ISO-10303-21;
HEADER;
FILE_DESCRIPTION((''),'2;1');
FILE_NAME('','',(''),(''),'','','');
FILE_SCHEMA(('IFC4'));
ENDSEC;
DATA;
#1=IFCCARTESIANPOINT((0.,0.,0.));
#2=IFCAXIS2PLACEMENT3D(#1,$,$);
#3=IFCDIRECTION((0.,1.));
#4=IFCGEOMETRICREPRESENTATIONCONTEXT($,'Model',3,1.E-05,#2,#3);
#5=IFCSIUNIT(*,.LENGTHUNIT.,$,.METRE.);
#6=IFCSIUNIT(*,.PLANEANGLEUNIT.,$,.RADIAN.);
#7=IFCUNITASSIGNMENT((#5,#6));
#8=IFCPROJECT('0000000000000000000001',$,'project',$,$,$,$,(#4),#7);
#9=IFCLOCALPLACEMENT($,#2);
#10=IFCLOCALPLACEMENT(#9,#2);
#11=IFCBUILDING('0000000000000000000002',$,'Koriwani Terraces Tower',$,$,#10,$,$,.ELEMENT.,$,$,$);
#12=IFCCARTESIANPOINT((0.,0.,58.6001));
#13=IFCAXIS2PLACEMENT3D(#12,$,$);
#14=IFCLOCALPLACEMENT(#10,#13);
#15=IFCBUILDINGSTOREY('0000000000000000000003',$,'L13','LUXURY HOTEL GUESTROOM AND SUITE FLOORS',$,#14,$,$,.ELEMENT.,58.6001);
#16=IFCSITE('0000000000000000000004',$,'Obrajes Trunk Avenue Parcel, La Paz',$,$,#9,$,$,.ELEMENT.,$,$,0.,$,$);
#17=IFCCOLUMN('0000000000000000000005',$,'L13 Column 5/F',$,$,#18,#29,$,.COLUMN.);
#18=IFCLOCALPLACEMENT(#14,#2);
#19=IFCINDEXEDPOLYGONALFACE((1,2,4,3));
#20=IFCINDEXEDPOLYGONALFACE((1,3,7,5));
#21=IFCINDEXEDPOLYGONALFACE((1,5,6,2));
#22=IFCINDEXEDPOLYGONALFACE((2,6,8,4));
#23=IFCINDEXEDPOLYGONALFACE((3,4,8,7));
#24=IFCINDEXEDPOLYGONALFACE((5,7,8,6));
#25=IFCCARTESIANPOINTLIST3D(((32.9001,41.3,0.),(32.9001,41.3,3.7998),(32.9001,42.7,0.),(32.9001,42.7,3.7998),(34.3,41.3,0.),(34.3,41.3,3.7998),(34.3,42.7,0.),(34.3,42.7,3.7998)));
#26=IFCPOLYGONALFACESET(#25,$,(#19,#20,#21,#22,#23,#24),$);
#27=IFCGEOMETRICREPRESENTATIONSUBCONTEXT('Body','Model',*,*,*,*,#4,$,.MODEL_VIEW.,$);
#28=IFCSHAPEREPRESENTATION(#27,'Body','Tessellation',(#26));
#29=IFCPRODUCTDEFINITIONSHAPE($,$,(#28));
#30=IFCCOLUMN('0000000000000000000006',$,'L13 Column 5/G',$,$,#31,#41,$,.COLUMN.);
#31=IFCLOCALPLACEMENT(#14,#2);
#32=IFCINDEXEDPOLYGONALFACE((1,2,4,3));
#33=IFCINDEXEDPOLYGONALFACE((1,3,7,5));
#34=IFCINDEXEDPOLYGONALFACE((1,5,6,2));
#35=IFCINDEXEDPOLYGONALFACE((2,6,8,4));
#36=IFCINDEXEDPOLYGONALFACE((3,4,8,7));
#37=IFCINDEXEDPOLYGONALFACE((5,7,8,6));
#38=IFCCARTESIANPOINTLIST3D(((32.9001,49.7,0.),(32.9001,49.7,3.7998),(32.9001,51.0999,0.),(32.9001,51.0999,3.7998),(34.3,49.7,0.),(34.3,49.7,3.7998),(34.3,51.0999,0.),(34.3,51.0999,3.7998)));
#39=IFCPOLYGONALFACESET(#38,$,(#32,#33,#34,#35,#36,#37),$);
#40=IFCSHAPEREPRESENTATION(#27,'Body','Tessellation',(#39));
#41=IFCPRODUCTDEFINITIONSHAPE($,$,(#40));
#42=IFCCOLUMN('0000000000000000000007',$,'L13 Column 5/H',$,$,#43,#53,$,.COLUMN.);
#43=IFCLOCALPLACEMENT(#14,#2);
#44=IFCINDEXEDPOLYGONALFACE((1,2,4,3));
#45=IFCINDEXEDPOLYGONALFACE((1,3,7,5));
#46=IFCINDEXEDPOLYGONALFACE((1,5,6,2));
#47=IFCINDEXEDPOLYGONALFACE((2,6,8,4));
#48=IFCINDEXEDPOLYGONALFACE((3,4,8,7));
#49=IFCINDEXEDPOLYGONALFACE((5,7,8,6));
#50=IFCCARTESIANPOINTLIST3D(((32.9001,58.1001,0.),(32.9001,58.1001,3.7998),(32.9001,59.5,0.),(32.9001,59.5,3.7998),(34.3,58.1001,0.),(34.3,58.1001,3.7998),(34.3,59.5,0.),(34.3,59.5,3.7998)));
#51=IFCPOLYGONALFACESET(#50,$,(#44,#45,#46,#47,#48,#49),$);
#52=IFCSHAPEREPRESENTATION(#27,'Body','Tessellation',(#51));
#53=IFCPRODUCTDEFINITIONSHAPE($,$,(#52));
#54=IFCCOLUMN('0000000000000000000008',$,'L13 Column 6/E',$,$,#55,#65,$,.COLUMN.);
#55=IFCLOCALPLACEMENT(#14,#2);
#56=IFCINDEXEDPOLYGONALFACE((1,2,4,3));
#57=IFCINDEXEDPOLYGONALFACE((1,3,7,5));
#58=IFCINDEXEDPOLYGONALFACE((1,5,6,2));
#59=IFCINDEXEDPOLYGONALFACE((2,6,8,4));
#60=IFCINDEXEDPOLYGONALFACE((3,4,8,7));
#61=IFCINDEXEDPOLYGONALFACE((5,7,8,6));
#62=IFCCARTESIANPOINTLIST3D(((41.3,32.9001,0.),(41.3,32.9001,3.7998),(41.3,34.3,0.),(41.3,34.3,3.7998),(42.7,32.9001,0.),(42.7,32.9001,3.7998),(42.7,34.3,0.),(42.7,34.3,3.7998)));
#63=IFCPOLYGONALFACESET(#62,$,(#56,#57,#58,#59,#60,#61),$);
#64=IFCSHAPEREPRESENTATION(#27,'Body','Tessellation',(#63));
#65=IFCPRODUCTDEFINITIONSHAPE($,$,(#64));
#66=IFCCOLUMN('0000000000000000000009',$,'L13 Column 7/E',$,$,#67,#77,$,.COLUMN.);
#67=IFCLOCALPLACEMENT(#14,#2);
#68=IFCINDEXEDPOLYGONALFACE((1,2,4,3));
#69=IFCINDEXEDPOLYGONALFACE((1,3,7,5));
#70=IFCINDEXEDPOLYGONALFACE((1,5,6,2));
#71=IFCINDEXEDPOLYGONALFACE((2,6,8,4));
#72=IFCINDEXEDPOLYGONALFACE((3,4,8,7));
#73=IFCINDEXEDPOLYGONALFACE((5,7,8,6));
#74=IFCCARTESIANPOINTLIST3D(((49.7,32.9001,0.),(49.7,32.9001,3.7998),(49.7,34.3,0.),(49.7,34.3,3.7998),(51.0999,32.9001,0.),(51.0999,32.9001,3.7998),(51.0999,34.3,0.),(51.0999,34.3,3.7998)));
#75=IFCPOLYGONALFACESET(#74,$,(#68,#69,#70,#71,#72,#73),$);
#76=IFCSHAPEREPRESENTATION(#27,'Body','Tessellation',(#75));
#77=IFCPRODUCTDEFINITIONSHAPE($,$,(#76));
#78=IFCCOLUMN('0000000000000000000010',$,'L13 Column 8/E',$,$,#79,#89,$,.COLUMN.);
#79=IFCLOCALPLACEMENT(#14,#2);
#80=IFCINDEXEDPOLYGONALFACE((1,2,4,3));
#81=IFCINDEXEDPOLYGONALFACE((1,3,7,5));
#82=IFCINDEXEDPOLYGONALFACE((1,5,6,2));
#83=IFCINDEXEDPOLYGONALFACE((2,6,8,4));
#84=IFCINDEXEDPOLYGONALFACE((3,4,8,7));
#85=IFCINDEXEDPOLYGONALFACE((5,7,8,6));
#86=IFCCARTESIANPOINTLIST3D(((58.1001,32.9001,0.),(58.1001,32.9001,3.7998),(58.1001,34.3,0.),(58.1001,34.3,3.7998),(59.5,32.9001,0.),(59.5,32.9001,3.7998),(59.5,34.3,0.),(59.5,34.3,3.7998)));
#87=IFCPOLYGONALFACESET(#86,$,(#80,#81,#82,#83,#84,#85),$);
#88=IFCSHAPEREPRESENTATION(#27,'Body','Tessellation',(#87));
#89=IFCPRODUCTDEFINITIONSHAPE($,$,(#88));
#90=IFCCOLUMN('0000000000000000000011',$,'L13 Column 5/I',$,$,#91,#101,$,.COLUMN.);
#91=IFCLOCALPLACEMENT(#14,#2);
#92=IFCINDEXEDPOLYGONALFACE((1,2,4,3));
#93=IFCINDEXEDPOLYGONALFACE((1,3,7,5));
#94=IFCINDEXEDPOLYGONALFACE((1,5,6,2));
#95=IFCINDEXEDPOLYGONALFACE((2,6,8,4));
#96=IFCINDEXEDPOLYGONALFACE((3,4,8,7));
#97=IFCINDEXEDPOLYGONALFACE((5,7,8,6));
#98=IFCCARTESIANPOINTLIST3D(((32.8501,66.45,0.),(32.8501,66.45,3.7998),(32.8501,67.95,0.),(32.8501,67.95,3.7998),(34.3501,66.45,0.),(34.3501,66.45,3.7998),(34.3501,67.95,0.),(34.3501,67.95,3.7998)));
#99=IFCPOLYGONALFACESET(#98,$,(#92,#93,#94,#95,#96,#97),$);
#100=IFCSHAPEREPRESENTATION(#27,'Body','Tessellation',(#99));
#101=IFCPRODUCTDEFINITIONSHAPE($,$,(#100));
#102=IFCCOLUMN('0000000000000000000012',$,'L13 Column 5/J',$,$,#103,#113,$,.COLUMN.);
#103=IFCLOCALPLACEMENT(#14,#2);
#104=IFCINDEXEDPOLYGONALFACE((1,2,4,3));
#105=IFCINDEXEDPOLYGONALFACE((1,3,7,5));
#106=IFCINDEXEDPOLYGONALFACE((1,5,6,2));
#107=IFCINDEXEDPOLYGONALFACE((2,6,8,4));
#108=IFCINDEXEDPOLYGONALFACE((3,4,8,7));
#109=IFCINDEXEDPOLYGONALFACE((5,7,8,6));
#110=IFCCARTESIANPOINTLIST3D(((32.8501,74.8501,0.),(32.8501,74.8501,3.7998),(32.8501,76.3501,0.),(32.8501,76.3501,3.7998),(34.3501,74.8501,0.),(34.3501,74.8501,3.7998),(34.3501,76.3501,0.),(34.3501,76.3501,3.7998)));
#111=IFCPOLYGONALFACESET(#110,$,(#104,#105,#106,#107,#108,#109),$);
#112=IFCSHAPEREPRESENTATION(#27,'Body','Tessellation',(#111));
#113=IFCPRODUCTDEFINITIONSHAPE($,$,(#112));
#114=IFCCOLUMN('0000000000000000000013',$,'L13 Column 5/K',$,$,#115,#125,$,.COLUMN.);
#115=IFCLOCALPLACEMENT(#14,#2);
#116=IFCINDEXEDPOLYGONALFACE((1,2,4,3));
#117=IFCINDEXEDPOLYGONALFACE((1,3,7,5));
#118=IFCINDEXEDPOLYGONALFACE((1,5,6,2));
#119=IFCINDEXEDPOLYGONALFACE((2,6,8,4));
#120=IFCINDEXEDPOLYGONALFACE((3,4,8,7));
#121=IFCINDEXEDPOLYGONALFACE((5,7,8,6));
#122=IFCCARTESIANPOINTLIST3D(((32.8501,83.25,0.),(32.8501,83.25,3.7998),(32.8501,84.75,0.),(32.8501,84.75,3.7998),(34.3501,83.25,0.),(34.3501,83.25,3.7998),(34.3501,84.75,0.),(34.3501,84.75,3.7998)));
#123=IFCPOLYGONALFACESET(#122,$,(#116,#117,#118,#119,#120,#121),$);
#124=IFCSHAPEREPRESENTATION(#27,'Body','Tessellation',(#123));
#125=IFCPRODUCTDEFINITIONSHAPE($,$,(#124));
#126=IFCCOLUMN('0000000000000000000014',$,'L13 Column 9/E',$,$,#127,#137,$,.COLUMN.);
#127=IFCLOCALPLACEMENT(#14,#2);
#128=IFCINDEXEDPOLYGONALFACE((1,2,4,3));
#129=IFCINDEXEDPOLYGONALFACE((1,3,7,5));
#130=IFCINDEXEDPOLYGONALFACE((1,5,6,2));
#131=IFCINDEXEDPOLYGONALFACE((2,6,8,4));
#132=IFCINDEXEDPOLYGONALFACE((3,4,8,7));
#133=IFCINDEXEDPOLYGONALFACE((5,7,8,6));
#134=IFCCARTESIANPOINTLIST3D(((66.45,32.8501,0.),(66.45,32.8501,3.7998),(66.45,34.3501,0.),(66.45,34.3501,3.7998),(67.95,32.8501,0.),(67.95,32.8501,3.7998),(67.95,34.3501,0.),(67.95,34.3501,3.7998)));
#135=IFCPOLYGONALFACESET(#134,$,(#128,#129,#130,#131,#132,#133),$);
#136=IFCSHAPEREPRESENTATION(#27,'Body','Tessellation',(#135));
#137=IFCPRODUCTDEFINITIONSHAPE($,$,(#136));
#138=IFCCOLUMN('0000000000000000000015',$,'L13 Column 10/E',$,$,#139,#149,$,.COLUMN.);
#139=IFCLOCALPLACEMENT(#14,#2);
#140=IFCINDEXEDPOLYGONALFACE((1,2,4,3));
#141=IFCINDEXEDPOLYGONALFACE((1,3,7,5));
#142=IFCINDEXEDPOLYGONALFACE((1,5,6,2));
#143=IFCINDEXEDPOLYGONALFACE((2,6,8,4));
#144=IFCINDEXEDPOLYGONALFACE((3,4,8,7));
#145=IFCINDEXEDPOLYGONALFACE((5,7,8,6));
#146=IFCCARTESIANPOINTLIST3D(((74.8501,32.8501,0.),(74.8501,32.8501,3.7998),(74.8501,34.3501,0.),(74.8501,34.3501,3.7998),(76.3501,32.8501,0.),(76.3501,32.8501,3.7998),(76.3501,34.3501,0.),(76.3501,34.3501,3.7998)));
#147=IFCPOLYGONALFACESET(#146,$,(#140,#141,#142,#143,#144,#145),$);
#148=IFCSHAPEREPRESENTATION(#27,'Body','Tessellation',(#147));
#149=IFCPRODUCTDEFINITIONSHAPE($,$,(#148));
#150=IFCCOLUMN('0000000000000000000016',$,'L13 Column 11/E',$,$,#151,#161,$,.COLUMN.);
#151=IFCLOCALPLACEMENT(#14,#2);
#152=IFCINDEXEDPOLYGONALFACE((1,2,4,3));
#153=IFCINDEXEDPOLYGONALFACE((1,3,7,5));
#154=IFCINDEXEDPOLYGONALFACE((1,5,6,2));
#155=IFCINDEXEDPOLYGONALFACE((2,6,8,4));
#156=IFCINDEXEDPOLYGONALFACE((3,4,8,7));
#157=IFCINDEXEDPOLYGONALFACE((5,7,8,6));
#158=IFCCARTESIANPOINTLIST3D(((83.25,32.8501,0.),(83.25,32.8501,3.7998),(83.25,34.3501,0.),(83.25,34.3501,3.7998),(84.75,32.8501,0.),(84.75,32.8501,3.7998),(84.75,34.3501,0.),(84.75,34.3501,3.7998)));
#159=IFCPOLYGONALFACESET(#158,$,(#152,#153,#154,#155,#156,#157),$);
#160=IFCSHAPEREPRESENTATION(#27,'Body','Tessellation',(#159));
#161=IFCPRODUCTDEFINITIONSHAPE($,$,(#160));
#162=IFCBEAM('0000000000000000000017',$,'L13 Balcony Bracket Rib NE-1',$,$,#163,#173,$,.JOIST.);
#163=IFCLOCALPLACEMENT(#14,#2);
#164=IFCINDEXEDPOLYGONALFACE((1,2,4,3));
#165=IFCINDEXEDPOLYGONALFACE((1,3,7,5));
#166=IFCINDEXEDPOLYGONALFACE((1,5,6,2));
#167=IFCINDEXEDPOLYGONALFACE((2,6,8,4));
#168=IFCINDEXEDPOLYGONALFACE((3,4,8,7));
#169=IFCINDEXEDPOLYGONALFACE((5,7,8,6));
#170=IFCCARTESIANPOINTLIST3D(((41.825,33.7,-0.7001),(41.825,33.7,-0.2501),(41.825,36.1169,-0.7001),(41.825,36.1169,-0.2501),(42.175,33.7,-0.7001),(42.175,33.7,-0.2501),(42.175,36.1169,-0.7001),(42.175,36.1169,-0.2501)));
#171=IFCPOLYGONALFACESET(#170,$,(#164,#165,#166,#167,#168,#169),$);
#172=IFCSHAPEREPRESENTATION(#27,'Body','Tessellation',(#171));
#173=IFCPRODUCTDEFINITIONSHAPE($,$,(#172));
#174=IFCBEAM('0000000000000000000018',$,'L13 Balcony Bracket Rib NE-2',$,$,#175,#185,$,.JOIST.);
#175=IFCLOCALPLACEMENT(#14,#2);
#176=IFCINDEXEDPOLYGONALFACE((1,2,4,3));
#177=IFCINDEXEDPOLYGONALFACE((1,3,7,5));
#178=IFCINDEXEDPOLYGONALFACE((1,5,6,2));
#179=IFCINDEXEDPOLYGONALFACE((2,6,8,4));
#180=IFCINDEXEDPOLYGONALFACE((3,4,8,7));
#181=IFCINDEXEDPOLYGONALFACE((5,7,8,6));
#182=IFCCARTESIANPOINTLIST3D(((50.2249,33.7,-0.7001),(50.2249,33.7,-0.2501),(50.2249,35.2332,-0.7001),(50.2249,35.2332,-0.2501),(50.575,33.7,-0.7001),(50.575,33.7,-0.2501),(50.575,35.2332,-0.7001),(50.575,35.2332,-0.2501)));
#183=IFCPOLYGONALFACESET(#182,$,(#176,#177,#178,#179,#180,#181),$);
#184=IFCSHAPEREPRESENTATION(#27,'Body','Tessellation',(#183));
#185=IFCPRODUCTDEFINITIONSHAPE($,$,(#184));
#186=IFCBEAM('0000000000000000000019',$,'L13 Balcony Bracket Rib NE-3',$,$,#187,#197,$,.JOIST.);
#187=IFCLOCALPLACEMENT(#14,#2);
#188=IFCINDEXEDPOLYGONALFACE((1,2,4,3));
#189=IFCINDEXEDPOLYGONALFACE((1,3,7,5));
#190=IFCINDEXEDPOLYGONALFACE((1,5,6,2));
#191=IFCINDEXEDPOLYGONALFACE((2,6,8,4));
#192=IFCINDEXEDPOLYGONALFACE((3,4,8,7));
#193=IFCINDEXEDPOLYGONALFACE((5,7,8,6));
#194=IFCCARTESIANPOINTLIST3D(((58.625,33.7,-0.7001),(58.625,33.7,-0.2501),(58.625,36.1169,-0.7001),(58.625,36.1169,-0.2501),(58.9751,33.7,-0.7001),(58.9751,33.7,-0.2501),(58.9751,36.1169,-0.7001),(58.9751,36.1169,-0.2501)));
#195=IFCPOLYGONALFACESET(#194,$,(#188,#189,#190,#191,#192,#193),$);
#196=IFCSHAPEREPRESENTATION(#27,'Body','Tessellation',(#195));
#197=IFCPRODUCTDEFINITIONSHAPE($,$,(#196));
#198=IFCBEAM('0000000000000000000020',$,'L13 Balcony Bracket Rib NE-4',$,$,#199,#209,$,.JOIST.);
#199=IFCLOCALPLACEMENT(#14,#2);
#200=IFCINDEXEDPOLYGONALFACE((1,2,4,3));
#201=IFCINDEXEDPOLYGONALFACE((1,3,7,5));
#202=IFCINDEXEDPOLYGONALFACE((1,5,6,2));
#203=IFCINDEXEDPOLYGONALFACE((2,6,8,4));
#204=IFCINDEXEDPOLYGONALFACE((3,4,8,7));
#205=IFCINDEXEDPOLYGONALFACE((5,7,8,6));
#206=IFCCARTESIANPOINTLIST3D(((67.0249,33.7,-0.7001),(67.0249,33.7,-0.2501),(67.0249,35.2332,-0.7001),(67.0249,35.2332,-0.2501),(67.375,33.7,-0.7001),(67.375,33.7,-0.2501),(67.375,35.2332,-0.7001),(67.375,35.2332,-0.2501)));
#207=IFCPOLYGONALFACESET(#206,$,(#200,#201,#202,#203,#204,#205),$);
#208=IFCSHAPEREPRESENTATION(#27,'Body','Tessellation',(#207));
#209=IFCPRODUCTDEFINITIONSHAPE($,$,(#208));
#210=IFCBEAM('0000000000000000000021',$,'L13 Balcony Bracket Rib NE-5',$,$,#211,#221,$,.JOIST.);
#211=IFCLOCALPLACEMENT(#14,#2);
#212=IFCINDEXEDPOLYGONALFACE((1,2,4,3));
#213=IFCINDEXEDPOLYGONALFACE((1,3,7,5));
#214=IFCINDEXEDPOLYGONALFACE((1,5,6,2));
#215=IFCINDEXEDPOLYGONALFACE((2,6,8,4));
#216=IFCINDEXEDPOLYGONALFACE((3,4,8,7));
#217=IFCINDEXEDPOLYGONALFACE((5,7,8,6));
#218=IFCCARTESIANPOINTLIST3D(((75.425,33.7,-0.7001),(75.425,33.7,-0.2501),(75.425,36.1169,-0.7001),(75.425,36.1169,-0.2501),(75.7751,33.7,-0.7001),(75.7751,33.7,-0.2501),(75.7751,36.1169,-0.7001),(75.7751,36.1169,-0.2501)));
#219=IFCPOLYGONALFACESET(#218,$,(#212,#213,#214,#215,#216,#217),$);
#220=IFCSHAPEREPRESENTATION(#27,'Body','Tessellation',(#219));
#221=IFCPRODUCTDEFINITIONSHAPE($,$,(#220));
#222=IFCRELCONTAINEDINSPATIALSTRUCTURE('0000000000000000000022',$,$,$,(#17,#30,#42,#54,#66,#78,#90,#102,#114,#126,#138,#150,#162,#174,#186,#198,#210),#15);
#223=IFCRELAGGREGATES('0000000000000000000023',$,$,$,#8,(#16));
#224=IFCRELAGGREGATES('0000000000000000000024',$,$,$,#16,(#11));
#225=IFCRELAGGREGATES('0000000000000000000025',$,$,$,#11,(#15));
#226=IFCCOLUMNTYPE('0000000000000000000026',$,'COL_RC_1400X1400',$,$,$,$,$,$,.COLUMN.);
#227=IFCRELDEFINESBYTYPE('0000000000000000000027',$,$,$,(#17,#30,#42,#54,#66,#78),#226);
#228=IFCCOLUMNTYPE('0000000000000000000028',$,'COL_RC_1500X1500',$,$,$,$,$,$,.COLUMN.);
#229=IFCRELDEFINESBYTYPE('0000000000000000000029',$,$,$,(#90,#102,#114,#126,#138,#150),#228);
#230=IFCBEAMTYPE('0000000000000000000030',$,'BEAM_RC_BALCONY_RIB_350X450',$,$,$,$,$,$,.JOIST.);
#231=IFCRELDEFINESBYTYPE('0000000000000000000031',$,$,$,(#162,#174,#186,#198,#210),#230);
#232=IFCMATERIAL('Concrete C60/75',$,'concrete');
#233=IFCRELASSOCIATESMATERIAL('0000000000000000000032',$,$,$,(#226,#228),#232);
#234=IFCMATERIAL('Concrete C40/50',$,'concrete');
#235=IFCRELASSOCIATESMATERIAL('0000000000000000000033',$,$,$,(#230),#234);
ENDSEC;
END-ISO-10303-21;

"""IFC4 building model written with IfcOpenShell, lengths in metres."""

from ifc_helpers import new_model, si_unit, direction, frame, origin, origin_2d, place, context, subcontext, project, spatial, rectangle, extrude, material, material_profile, profile_set, type_object, element, save


model = new_model("IFC4")

# Units and contexts
model_context = context("Model", 3, precision=1e-05, world=origin(), true_north=direction((0.0, 1.0)))
body_context = subcontext(model_context, "Body", "Model", "MODEL_VIEW")
ifc_project = project(units=[si_unit("LENGTHUNIT", "METRE"), si_unit("PLANEANGLEUNIT", "RADIAN")], contexts=[model_context])

# Site, building, storey
site_placement = place(None, origin())
site = spatial("IfcSite", under=ifc_project, at=site_placement, Name="Obrajes Trunk Avenue Parcel, La Paz", CompositionType="ELEMENT", RefElevation=0.0)
building_placement = place(site_placement, origin())
building = spatial("IfcBuilding", under=site, at=building_placement, Name="Koriwani Terraces Tower", CompositionType="ELEMENT")
storey_placement = place(building_placement, frame((0.0, 0.0, 58.6001)))
storey = spatial("IfcBuildingStorey", under=building, at=storey_placement, Name="L13", Description="LUXURY HOTEL GUESTROOM AND SUITE FLOORS", CompositionType="ELEMENT", Elevation=58.6001)

# Columns
ifc_material_1 = material(Name="Concrete C60/75", Category="concrete")
ifc_material_profile_1 = material_profile(ifc_material_1, rectangle(XDim=1.3999, YDim=1.3999, at=origin_2d()), Name="Concrete C60/75", Category="LoadBearing")
ifc_profile_set_1 = profile_set([ifc_material_profile_1], Name="Concrete C60/75")
column_type_1 = type_object("IfcColumnType", Name="COL_RC_1400X1400", PredefinedType="COLUMN", material=ifc_profile_set_1)
for number, where, z_axis, x_axis, name in (
    (1, (33.6001, 42.0, 0.0), (0.0, 0.0, 1.0), (1.0, 0.0, 0.0), "L13 Column 5/F"),
    (2, (33.6001, 50.3999, 0.0), (0.0, 0.0, 1.0), (1.0, 0.0, 0.0), "L13 Column 5/G"),
    (3, (33.6001, 58.8, 0.0), (0.0, 0.0, 1.0), (1.0, 0.0, 0.0), "L13 Column 5/H"),
    (4, (42.0, 33.6001, 0.0), (0.0, 0.0, 1.0), (1.0, 0.0, 0.0), "L13 Column 6/E"),
    (5, (50.3999, 33.6001, 0.0), (0.0, 0.0, 1.0), (1.0, 0.0, 0.0), "L13 Column 7/E"),
    (6, (58.8, 33.6001, 0.0), (0.0, 0.0, 1.0), (1.0, 0.0, 0.0), "L13 Column 8/E"),
):
    element("IfcColumn", number, at=place(storey_placement, frame(where, z_axis=z_axis, x_axis=x_axis)), inside=storey, type_object=column_type_1, Name=name, PredefinedType="COLUMN", context=body_context, shape_type="SweptSolid", body=[
        extrude(rectangle(XDim=1.3999, YDim=1.3999, at=origin_2d()), origin(), (0.0, 0.0, 1.0), 3.7998),
    ])
ifc_material_profile_2 = material_profile(ifc_material_1, rectangle(XDim=1.5, YDim=1.5, at=origin_2d()), Name="Concrete C60/75", Category="LoadBearing")
ifc_profile_set_2 = profile_set([ifc_material_profile_2], Name="Concrete C60/75")
column_type_2 = type_object("IfcColumnType", Name="COL_RC_1500X1500", PredefinedType="COLUMN", material=ifc_profile_set_2)
for number, where, z_axis, x_axis, name in (
    (7, (33.6001, 67.2, 0.0), (0.0, 0.0, 1.0), (1.0, 0.0, 0.0), "L13 Column 5/I"),
    (8, (33.6001, 75.6001, 0.0), (0.0, 0.0, 1.0), (1.0, 0.0, 0.0), "L13 Column 5/J"),
    (9, (33.6001, 84.0, 0.0), (0.0, 0.0, 1.0), (1.0, 0.0, 0.0), "L13 Column 5/K"),
    (10, (67.2, 33.6001, 0.0), (0.0, 0.0, 1.0), (1.0, 0.0, 0.0), "L13 Column 9/E"),
    (11, (75.6001, 33.6001, 0.0), (0.0, 0.0, 1.0), (1.0, 0.0, 0.0), "L13 Column 10/E"),
    (12, (84.0, 33.6001, 0.0), (0.0, 0.0, 1.0), (1.0, 0.0, 0.0), "L13 Column 11/E"),
):
    element("IfcColumn", number, at=place(storey_placement, frame(where, z_axis=z_axis, x_axis=x_axis)), inside=storey, type_object=column_type_2, Name=name, PredefinedType="COLUMN", context=body_context, shape_type="SweptSolid", body=[
        extrude(rectangle(XDim=1.5, YDim=1.5, at=origin_2d()), origin(), (0.0, 0.0, 1.0), 3.7998),
    ])

# Beams
ifc_material_2 = material(Name="Concrete C40/50", Category="concrete")
ifc_material_profile_3 = material_profile(ifc_material_2, rectangle(XDim=0.3501, YDim=0.45, at=origin_2d()), Name="Concrete C40/50", Category="LoadBearing")
ifc_profile_set_3 = profile_set([ifc_material_profile_3], Name="Concrete C40/50")
beam_type_1 = type_object("IfcBeamType", Name="BEAM_RC_BALCONY_RIB_350X450", PredefinedType="JOIST", material=ifc_profile_set_3)
beam_1_placement = place(storey_placement, frame((42.0, 33.7, -0.4751), z_axis=(0.0, 1.0, 0.0), x_axis=(-1.0, 0.0, 0.0)))
element("IfcBeam", 13, at=beam_1_placement, inside=storey, type_object=beam_type_1, Name="L13 Balcony Bracket Rib NE-1", PredefinedType="JOIST", context=body_context, shape_type="SweptSolid", body=[
    extrude(rectangle(XDim=0.3501, YDim=0.45, at=origin_2d()), origin(), (0.0, 0.0, 1.0), 2.417),
])
beam_2_placement = place(storey_placement, frame((50.3999, 33.7, -0.4751), z_axis=(0.0, 1.0, 0.0), x_axis=(-1.0, 0.0, 0.0)))
element("IfcBeam", 14, at=beam_2_placement, inside=storey, type_object=beam_type_1, Name="L13 Balcony Bracket Rib NE-2", PredefinedType="JOIST", context=body_context, shape_type="SweptSolid", body=[
    extrude(rectangle(XDim=0.3501, YDim=0.45, at=origin_2d()), origin(), (0.0, 0.0, 1.0), 1.5332),
])
beam_3_placement = place(storey_placement, frame((58.8, 33.7, -0.4751), z_axis=(0.0, 1.0, 0.0), x_axis=(-1.0, 0.0, 0.0)))
element("IfcBeam", 15, at=beam_3_placement, inside=storey, type_object=beam_type_1, Name="L13 Balcony Bracket Rib NE-3", PredefinedType="JOIST", context=body_context, shape_type="SweptSolid", body=[
    extrude(rectangle(XDim=0.3501, YDim=0.45, at=origin_2d()), origin(), (0.0, 0.0, 1.0), 2.417),
])
beam_4_placement = place(storey_placement, frame((67.2, 33.7, -0.4751), z_axis=(0.0, 1.0, 0.0), x_axis=(-1.0, 0.0, 0.0)))
element("IfcBeam", 16, at=beam_4_placement, inside=storey, type_object=beam_type_1, Name="L13 Balcony Bracket Rib NE-4", PredefinedType="JOIST", context=body_context, shape_type="SweptSolid", body=[
    extrude(rectangle(XDim=0.3501, YDim=0.45, at=origin_2d()), origin(), (0.0, 0.0, 1.0), 1.5332),
])
beam_5_placement = place(storey_placement, frame((75.6001, 33.7, -0.4751), z_axis=(0.0, 1.0, 0.0), x_axis=(-1.0, 0.0, 0.0)))
element("IfcBeam", 17, at=beam_5_placement, inside=storey, type_object=beam_type_1, Name="L13 Balcony Bracket Rib NE-5", PredefinedType="JOIST", context=body_context, shape_type="SweptSolid", body=[
    extrude(rectangle(XDim=0.3501, YDim=0.45, at=origin_2d()), origin(), (0.0, 0.0, 1.0), 2.417),
])

save(model, "model.ifc")
